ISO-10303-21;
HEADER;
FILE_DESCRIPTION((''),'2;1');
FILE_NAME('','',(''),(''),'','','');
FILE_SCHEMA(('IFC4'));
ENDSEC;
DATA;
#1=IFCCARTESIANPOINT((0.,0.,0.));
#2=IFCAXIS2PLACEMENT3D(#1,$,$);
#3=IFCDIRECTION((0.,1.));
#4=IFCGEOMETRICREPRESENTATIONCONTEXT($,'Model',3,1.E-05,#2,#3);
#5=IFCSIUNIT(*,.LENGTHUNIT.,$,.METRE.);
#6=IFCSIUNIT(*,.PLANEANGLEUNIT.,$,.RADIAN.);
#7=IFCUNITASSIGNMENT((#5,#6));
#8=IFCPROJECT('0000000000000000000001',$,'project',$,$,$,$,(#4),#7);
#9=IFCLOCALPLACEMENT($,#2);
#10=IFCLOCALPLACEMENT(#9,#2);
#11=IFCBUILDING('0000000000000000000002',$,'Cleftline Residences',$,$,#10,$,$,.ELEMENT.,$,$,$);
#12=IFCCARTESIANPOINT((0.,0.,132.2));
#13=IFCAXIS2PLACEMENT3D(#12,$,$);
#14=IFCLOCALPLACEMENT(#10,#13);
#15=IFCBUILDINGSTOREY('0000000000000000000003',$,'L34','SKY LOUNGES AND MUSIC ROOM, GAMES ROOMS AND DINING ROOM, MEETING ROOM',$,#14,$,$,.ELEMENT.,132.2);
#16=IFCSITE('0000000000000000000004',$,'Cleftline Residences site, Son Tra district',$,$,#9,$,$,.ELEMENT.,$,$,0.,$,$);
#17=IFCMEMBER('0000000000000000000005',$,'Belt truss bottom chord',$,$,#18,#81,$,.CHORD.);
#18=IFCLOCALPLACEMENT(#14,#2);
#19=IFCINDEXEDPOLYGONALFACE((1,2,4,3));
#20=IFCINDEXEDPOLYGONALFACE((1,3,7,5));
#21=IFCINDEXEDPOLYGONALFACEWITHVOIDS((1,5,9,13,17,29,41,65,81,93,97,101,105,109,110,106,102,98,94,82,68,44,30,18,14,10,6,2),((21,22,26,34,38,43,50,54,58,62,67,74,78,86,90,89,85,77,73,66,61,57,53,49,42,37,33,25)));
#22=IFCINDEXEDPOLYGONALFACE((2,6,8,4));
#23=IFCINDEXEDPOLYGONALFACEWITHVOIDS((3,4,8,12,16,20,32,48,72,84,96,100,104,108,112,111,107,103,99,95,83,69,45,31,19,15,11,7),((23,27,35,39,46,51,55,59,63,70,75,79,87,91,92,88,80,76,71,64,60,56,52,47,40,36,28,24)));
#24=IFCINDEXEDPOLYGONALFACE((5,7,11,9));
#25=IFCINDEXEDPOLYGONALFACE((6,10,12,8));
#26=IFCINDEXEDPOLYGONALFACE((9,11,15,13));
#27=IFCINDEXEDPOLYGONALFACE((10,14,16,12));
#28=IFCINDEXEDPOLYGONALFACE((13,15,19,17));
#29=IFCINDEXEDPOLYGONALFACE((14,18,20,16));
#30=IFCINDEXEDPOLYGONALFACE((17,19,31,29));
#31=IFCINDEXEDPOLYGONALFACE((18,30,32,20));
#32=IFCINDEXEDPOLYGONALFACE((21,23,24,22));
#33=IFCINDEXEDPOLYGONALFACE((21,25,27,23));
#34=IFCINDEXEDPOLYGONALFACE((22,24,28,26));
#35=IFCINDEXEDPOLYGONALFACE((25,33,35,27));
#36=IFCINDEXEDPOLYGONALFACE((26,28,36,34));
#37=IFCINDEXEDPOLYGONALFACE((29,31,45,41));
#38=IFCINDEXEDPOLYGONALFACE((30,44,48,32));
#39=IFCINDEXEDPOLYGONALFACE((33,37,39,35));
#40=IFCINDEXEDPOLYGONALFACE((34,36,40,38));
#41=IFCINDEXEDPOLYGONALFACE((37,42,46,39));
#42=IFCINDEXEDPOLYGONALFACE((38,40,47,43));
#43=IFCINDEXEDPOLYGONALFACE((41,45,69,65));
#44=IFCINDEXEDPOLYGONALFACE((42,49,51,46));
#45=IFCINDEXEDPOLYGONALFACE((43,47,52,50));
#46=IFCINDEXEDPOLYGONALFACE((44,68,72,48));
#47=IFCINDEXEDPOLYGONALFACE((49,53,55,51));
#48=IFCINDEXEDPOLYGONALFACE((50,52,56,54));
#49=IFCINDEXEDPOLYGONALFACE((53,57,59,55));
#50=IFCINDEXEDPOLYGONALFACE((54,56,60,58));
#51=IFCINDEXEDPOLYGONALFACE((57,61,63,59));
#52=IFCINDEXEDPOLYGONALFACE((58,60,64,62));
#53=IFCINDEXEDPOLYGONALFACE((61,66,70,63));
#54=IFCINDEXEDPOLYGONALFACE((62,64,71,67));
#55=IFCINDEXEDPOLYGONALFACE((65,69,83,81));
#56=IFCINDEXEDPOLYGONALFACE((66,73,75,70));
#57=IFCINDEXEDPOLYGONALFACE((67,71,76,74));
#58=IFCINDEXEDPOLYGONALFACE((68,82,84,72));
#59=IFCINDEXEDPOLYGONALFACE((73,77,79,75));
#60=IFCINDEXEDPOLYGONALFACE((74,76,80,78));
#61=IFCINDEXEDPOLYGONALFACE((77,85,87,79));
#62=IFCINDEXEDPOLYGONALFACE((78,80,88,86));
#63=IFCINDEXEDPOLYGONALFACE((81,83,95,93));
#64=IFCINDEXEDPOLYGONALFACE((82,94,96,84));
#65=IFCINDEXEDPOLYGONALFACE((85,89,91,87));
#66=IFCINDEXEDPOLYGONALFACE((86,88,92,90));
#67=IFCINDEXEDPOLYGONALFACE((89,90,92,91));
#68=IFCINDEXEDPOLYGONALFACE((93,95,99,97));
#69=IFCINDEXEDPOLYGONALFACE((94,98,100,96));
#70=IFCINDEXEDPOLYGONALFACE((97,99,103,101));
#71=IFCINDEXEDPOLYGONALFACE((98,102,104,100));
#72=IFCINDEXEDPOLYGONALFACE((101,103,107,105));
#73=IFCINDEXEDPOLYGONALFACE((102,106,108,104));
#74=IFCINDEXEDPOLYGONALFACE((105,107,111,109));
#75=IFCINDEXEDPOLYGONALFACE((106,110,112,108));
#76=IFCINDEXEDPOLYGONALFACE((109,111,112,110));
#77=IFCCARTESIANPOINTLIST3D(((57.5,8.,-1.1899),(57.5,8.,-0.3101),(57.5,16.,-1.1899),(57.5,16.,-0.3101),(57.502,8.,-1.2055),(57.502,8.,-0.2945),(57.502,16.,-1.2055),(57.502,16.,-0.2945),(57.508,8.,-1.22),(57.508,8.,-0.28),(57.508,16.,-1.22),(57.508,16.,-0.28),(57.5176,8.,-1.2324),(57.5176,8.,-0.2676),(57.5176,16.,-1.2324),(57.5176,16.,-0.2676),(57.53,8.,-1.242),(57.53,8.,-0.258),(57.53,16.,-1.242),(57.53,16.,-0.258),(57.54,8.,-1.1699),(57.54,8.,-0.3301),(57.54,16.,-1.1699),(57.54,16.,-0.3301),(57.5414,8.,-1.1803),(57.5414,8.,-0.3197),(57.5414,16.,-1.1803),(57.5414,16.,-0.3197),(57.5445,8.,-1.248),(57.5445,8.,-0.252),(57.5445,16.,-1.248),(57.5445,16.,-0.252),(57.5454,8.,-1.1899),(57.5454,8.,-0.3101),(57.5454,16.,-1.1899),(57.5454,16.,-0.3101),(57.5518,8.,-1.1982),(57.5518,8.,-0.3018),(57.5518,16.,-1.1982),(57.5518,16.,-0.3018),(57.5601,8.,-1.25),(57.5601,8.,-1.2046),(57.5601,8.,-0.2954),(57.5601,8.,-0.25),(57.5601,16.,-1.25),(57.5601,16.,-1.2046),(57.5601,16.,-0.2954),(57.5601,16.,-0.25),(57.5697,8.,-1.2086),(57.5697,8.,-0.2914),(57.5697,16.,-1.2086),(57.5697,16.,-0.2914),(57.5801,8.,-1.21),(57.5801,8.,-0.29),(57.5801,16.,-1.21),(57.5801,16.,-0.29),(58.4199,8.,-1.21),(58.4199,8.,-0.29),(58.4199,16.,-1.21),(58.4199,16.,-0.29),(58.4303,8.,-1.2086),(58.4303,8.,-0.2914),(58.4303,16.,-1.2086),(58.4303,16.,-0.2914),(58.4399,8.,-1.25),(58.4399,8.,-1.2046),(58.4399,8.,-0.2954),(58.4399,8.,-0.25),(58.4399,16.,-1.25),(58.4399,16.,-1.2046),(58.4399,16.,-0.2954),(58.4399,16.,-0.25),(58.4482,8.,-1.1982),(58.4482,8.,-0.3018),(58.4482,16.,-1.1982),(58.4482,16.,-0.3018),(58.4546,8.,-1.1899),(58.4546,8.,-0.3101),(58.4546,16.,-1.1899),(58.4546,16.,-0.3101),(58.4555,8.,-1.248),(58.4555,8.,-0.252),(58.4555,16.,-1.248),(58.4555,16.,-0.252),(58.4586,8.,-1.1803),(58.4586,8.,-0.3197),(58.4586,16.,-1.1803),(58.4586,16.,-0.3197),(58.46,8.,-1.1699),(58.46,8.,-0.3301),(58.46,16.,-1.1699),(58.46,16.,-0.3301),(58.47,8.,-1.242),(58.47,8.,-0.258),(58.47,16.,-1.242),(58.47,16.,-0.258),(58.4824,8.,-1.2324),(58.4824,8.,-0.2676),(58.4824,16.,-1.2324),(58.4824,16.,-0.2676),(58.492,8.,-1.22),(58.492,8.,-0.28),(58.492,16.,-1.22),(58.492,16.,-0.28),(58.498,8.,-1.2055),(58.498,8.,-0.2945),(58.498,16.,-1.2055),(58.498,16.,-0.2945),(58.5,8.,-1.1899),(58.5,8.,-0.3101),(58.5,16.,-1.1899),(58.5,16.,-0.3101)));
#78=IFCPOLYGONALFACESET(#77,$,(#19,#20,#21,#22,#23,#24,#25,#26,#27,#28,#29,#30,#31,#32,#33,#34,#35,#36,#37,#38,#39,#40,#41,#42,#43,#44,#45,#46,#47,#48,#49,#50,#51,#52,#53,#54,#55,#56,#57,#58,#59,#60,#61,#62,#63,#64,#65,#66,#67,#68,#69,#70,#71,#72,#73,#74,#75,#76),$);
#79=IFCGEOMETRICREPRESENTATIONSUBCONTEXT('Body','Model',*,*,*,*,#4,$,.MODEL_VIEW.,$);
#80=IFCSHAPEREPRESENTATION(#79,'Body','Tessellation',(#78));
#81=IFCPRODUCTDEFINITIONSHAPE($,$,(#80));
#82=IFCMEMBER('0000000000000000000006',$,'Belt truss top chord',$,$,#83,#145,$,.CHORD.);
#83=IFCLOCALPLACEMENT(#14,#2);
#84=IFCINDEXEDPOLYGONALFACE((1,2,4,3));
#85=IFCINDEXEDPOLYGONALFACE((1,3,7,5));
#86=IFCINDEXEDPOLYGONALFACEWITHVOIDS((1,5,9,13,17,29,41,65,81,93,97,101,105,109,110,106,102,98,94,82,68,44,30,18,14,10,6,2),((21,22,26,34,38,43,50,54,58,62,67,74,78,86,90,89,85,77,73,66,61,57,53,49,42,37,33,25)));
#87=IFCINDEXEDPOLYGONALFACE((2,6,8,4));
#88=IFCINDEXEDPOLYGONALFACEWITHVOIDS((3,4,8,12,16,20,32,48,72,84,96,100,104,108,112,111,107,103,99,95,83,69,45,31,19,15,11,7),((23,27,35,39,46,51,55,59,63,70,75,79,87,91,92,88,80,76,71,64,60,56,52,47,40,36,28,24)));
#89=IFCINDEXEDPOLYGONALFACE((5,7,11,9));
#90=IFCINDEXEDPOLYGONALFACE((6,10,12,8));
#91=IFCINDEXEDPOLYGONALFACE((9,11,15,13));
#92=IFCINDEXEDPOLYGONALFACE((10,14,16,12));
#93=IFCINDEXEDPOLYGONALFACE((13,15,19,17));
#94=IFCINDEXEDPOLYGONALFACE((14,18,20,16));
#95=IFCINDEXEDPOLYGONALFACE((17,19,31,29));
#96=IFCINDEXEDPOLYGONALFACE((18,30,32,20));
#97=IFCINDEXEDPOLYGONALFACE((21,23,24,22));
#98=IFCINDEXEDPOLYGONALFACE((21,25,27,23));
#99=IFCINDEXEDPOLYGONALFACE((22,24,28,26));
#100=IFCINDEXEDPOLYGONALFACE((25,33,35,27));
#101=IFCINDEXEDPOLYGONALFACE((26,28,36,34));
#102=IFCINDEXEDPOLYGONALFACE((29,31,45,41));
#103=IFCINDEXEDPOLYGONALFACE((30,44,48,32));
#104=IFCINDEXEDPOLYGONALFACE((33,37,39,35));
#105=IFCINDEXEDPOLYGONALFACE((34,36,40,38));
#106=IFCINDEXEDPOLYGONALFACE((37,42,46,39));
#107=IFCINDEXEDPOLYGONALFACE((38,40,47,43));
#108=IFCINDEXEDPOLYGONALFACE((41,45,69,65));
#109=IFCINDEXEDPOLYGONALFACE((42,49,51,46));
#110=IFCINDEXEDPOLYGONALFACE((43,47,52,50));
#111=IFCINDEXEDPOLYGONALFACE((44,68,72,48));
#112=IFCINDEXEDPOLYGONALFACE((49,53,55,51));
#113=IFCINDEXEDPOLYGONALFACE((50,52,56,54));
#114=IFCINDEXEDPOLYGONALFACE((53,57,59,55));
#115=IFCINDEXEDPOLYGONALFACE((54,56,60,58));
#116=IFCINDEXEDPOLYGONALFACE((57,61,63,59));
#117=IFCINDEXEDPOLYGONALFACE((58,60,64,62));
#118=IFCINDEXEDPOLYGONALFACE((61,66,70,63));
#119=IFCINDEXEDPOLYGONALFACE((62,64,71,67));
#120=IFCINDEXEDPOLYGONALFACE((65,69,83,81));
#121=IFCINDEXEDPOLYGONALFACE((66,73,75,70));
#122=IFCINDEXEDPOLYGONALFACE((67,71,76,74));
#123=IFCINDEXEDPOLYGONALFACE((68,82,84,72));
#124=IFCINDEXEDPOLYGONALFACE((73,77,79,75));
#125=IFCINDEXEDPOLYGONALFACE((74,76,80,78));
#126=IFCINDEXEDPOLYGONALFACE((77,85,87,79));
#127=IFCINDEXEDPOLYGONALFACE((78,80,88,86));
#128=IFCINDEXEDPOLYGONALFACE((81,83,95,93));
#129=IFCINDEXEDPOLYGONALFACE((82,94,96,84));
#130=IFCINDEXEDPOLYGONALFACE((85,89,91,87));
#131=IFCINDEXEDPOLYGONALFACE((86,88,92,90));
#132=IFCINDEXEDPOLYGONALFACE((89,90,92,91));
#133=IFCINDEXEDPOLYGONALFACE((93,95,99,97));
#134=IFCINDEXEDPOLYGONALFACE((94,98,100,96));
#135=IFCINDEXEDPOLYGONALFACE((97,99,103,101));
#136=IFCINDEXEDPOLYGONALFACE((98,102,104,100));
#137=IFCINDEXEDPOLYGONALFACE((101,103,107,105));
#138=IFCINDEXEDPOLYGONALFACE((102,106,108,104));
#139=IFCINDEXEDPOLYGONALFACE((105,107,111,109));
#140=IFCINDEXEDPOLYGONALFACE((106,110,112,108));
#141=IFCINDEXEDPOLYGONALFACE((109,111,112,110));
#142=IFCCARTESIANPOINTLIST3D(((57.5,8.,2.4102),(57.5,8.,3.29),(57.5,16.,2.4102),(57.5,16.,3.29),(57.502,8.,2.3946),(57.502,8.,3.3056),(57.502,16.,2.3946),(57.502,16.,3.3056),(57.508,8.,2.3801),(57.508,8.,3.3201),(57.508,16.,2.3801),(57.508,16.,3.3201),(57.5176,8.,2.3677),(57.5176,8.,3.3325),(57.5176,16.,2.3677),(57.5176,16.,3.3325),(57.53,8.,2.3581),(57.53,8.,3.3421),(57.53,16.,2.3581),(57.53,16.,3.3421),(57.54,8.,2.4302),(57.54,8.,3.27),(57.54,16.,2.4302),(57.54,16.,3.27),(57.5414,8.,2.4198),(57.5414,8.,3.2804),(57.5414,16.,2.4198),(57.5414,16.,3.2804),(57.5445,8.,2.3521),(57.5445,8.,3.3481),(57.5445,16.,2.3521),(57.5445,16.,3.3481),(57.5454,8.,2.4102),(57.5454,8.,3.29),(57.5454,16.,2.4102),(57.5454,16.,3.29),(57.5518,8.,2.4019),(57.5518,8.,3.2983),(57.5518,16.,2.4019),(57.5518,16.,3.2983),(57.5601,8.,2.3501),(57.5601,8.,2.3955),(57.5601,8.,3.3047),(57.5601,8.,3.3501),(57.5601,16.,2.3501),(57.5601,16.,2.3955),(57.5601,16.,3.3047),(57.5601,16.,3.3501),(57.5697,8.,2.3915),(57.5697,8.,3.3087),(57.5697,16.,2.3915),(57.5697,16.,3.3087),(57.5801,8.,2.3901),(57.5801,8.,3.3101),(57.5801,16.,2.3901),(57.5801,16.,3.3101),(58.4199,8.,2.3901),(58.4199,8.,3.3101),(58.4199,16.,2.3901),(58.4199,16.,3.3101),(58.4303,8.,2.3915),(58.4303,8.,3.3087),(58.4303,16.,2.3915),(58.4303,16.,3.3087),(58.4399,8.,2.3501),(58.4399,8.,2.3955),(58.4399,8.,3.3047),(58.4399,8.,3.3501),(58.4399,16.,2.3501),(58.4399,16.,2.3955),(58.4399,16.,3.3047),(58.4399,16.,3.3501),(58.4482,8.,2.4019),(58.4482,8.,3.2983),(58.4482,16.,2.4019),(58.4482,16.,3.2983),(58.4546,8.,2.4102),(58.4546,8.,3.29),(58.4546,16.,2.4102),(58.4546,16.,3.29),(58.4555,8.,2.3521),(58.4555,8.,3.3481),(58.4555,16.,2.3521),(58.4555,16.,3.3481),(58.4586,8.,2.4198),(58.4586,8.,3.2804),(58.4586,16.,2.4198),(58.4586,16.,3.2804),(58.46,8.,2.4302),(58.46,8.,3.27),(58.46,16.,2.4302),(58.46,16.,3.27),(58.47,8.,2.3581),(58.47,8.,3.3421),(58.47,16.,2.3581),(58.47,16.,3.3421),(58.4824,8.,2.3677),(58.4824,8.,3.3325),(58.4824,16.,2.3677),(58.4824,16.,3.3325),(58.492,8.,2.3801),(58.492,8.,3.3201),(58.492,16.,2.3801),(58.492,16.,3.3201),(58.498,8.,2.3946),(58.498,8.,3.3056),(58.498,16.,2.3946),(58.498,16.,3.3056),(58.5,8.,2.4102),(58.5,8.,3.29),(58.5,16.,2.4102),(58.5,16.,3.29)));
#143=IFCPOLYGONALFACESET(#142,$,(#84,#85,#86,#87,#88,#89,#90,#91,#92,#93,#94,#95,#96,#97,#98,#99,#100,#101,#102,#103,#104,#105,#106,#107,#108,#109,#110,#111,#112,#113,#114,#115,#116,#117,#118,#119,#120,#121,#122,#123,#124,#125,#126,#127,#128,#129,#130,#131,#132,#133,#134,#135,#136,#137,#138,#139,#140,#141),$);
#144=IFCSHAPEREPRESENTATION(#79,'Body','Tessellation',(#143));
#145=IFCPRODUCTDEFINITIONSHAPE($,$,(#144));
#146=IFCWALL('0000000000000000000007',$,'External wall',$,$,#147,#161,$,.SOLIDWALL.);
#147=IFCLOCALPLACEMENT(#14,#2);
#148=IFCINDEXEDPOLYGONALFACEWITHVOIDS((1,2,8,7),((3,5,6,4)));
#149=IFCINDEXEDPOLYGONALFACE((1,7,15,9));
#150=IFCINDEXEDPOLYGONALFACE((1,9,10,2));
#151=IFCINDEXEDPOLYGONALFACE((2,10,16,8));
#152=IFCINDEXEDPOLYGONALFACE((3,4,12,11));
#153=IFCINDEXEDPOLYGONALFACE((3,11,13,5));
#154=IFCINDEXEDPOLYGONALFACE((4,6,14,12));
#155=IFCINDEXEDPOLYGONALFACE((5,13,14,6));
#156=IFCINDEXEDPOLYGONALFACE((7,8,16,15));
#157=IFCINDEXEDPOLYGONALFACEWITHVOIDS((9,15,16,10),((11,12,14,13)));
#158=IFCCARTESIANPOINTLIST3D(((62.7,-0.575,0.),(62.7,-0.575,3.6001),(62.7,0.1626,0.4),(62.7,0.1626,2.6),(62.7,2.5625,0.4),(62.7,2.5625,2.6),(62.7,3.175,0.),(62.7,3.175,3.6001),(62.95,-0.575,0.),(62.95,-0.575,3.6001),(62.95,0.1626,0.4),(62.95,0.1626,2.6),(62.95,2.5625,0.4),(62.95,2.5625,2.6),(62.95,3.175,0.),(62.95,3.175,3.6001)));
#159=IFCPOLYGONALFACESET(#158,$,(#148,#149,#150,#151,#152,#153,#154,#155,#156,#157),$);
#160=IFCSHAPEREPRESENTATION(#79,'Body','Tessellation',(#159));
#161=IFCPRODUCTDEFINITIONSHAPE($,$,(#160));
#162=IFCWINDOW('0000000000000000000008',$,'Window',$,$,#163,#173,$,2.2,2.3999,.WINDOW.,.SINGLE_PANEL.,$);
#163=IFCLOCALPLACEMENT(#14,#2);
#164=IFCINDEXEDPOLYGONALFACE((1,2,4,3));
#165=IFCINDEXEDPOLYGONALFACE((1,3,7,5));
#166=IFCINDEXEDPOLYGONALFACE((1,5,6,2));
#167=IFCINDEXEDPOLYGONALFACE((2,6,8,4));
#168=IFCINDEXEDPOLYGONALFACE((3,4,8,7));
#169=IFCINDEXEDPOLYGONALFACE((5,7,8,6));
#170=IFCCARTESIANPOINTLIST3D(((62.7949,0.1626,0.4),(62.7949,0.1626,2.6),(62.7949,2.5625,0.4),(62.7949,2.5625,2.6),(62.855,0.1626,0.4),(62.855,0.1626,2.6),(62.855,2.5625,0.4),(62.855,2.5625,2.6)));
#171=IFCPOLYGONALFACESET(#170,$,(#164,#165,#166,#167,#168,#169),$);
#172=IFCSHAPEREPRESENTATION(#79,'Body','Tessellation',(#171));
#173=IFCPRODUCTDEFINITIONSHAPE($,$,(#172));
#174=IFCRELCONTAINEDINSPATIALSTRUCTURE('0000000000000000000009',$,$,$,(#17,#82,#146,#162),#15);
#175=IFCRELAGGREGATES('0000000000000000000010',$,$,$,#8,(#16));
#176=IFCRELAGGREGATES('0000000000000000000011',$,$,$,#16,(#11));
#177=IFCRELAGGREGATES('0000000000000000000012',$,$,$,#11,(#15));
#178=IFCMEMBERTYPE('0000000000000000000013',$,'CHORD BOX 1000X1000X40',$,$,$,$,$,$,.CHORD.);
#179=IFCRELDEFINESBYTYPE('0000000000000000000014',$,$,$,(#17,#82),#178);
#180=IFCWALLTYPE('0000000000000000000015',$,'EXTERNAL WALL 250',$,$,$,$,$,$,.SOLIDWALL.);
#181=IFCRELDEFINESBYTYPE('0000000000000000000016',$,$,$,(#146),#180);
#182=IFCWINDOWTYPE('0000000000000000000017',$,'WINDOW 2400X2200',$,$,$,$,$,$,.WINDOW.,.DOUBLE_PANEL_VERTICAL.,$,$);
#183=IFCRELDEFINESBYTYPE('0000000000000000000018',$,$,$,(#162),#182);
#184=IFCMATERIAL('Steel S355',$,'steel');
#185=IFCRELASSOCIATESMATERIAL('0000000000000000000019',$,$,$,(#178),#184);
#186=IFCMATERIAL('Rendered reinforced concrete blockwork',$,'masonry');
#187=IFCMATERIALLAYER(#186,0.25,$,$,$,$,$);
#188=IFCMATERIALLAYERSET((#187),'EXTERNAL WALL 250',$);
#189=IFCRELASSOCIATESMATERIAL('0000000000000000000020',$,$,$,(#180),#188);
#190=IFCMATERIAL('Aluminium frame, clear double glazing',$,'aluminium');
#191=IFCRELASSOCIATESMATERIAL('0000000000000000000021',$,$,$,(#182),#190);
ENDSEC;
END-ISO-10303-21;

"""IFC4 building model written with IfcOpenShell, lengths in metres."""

from ifc_helpers import new_model, si_unit, direction, frame, frame_2d, origin, origin_2d, place, context, subcontext, project, spatial, rectangle, hollow_rectangle, extrude, material, layer, layer_set, material_profile, profile_set, type_object, element, fill, save


model = new_model("IFC4")

# Units and contexts
model_context = context("Model", 3, precision=1e-05, world=origin(), true_north=direction((0.0, 1.0)))
body_context = subcontext(model_context, "Body", "Model", "MODEL_VIEW")
ifc_project = project(units=[si_unit("LENGTHUNIT", "METRE"), si_unit("PLANEANGLEUNIT", "RADIAN")], contexts=[model_context])

# Site, building, storey
site_placement = place(None, origin())
site = spatial("IfcSite", under=ifc_project, at=site_placement, Name="Cleftline Residences site, Son Tra district", CompositionType="ELEMENT", RefElevation=0.0)
building_placement = place(site_placement, origin())
building = spatial("IfcBuilding", under=site, at=building_placement, Name="Cleftline Residences", CompositionType="ELEMENT")
storey_placement = place(building_placement, frame((0.0, 0.0, 132.2)))
storey = spatial("IfcBuildingStorey", under=building, at=storey_placement, Name="L34", Description="SKY LOUNGES AND MUSIC ROOM, GAMES ROOMS AND DINING ROOM, MEETING ROOM", CompositionType="ELEMENT", Elevation=132.2)

# Members
ifc_material_1 = material(Name="Steel S355", Category="steel")
ifc_material_profile_1 = material_profile(ifc_material_1, hollow_rectangle(XDim=1.0, YDim=1.0, WallThickness=0.04, InnerFilletRadius=0.04, OuterFilletRadius=0.0601, at=origin_2d()))
ifc_profile_set_1 = profile_set([ifc_material_profile_1], Name="Steel S355")
member_type_1 = type_object("IfcMemberType", Name="CHORD BOX 1000X1000X40", PredefinedType="CHORD", material=ifc_profile_set_1)
for number, where, z_axis, x_axis, name in (
    (1, (58.0, 8.0, -0.75), (0.0, 1.0, 0.0), (-1.0, 0.0, 0.0), "Belt truss bottom chord"),
    (2, (58.0, 8.0, 2.8501), (0.0, 1.0, 0.0), (-1.0, 0.0, 0.0), "Belt truss top chord"),
):
    element("IfcMember", number, at=place(storey_placement, frame(where, z_axis=z_axis, x_axis=x_axis)), inside=storey, type_object=member_type_1, Name=name, PredefinedType="CHORD", context=body_context, shape_type="SweptSolid", body=[
        extrude(hollow_rectangle(XDim=1.0, YDim=1.0, WallThickness=0.04, InnerFilletRadius=0.04, OuterFilletRadius=0.0601, at=origin_2d()), origin(), (0.0, 0.0, 1.0), 8.0),
    ])

# Wall, opening, window
ifc_material_2 = material(Name="Rendered reinforced concrete blockwork", Category="masonry")
ifc_layer_1 = layer(ifc_material_2, 0.25)
ifc_layer_set_1 = layer_set([ifc_layer_1], Name="EXTERNAL WALL 250")
wall_type_1 = type_object("IfcWallType", Name="EXTERNAL WALL 250", PredefinedType="SOLIDWALL", material=ifc_layer_set_1)
wall_1_placement = place(storey_placement, frame((62.825, -0.575, 0.0), z_axis=(0.0, 0.0, 1.0), x_axis=(0.0, 1.0, 0.0)))
wall_1 = element("IfcWall", 3, at=wall_1_placement, inside=storey, type_object=wall_type_1, Name="External wall", PredefinedType="SOLIDWALL", context=body_context, shape_type="SweptSolid", body=[
    extrude(rectangle(XDim=3.75, YDim=0.25, at=frame_2d((1.875, 0.0))), origin(), (0.0, 0.0, 1.0), 3.6001),
])
opening_1_placement = place(wall_1_placement, frame((0.7375, 0.0, 0.3999)))
opening_1 = element("IfcOpeningElement", 4, at=opening_1_placement, cuts=wall_1, PredefinedType="OPENING", context=body_context, shape_type="SweptSolid", body=[
    extrude(rectangle(XDim=2.3999, YDim=2.2, at=frame_2d((1.2, 1.1001))), frame((0.0, 0.135, 0.0), z_axis=(0.0, -1.0, 0.0), x_axis=(1.0, 0.0, 0.0)), (0.0, 0.0, 1.0), 0.27),
])
ifc_material_3 = material(Name="Aluminium frame, clear double glazing", Category="aluminium")
window_type = type_object("IfcWindowType", Name="WINDOW 2400X2200", PartitioningType="DOUBLE_PANEL_VERTICAL", PredefinedType="WINDOW", material=ifc_material_3)
window_1_placement = place(opening_1_placement, origin())
window_1 = element("IfcWindow", 5, at=window_1_placement, inside=storey, type_object=window_type, Name="Window", OverallHeight=2.2, OverallWidth=2.3999, PartitioningType="SINGLE_PANEL", PredefinedType="WINDOW", context=body_context, shape_type="SweptSolid", body=[
    extrude(rectangle(XDim=2.3999, YDim=2.2, at=frame_2d((1.2, 1.1001))), frame((0.0, 0.03, 0.0), z_axis=(0.0, -1.0, 0.0), x_axis=(1.0, 0.0, 0.0)), (0.0, 0.0, 1.0), 0.0601),
])
fill(opening_1, window_1)

save(model, "model.ifc")
